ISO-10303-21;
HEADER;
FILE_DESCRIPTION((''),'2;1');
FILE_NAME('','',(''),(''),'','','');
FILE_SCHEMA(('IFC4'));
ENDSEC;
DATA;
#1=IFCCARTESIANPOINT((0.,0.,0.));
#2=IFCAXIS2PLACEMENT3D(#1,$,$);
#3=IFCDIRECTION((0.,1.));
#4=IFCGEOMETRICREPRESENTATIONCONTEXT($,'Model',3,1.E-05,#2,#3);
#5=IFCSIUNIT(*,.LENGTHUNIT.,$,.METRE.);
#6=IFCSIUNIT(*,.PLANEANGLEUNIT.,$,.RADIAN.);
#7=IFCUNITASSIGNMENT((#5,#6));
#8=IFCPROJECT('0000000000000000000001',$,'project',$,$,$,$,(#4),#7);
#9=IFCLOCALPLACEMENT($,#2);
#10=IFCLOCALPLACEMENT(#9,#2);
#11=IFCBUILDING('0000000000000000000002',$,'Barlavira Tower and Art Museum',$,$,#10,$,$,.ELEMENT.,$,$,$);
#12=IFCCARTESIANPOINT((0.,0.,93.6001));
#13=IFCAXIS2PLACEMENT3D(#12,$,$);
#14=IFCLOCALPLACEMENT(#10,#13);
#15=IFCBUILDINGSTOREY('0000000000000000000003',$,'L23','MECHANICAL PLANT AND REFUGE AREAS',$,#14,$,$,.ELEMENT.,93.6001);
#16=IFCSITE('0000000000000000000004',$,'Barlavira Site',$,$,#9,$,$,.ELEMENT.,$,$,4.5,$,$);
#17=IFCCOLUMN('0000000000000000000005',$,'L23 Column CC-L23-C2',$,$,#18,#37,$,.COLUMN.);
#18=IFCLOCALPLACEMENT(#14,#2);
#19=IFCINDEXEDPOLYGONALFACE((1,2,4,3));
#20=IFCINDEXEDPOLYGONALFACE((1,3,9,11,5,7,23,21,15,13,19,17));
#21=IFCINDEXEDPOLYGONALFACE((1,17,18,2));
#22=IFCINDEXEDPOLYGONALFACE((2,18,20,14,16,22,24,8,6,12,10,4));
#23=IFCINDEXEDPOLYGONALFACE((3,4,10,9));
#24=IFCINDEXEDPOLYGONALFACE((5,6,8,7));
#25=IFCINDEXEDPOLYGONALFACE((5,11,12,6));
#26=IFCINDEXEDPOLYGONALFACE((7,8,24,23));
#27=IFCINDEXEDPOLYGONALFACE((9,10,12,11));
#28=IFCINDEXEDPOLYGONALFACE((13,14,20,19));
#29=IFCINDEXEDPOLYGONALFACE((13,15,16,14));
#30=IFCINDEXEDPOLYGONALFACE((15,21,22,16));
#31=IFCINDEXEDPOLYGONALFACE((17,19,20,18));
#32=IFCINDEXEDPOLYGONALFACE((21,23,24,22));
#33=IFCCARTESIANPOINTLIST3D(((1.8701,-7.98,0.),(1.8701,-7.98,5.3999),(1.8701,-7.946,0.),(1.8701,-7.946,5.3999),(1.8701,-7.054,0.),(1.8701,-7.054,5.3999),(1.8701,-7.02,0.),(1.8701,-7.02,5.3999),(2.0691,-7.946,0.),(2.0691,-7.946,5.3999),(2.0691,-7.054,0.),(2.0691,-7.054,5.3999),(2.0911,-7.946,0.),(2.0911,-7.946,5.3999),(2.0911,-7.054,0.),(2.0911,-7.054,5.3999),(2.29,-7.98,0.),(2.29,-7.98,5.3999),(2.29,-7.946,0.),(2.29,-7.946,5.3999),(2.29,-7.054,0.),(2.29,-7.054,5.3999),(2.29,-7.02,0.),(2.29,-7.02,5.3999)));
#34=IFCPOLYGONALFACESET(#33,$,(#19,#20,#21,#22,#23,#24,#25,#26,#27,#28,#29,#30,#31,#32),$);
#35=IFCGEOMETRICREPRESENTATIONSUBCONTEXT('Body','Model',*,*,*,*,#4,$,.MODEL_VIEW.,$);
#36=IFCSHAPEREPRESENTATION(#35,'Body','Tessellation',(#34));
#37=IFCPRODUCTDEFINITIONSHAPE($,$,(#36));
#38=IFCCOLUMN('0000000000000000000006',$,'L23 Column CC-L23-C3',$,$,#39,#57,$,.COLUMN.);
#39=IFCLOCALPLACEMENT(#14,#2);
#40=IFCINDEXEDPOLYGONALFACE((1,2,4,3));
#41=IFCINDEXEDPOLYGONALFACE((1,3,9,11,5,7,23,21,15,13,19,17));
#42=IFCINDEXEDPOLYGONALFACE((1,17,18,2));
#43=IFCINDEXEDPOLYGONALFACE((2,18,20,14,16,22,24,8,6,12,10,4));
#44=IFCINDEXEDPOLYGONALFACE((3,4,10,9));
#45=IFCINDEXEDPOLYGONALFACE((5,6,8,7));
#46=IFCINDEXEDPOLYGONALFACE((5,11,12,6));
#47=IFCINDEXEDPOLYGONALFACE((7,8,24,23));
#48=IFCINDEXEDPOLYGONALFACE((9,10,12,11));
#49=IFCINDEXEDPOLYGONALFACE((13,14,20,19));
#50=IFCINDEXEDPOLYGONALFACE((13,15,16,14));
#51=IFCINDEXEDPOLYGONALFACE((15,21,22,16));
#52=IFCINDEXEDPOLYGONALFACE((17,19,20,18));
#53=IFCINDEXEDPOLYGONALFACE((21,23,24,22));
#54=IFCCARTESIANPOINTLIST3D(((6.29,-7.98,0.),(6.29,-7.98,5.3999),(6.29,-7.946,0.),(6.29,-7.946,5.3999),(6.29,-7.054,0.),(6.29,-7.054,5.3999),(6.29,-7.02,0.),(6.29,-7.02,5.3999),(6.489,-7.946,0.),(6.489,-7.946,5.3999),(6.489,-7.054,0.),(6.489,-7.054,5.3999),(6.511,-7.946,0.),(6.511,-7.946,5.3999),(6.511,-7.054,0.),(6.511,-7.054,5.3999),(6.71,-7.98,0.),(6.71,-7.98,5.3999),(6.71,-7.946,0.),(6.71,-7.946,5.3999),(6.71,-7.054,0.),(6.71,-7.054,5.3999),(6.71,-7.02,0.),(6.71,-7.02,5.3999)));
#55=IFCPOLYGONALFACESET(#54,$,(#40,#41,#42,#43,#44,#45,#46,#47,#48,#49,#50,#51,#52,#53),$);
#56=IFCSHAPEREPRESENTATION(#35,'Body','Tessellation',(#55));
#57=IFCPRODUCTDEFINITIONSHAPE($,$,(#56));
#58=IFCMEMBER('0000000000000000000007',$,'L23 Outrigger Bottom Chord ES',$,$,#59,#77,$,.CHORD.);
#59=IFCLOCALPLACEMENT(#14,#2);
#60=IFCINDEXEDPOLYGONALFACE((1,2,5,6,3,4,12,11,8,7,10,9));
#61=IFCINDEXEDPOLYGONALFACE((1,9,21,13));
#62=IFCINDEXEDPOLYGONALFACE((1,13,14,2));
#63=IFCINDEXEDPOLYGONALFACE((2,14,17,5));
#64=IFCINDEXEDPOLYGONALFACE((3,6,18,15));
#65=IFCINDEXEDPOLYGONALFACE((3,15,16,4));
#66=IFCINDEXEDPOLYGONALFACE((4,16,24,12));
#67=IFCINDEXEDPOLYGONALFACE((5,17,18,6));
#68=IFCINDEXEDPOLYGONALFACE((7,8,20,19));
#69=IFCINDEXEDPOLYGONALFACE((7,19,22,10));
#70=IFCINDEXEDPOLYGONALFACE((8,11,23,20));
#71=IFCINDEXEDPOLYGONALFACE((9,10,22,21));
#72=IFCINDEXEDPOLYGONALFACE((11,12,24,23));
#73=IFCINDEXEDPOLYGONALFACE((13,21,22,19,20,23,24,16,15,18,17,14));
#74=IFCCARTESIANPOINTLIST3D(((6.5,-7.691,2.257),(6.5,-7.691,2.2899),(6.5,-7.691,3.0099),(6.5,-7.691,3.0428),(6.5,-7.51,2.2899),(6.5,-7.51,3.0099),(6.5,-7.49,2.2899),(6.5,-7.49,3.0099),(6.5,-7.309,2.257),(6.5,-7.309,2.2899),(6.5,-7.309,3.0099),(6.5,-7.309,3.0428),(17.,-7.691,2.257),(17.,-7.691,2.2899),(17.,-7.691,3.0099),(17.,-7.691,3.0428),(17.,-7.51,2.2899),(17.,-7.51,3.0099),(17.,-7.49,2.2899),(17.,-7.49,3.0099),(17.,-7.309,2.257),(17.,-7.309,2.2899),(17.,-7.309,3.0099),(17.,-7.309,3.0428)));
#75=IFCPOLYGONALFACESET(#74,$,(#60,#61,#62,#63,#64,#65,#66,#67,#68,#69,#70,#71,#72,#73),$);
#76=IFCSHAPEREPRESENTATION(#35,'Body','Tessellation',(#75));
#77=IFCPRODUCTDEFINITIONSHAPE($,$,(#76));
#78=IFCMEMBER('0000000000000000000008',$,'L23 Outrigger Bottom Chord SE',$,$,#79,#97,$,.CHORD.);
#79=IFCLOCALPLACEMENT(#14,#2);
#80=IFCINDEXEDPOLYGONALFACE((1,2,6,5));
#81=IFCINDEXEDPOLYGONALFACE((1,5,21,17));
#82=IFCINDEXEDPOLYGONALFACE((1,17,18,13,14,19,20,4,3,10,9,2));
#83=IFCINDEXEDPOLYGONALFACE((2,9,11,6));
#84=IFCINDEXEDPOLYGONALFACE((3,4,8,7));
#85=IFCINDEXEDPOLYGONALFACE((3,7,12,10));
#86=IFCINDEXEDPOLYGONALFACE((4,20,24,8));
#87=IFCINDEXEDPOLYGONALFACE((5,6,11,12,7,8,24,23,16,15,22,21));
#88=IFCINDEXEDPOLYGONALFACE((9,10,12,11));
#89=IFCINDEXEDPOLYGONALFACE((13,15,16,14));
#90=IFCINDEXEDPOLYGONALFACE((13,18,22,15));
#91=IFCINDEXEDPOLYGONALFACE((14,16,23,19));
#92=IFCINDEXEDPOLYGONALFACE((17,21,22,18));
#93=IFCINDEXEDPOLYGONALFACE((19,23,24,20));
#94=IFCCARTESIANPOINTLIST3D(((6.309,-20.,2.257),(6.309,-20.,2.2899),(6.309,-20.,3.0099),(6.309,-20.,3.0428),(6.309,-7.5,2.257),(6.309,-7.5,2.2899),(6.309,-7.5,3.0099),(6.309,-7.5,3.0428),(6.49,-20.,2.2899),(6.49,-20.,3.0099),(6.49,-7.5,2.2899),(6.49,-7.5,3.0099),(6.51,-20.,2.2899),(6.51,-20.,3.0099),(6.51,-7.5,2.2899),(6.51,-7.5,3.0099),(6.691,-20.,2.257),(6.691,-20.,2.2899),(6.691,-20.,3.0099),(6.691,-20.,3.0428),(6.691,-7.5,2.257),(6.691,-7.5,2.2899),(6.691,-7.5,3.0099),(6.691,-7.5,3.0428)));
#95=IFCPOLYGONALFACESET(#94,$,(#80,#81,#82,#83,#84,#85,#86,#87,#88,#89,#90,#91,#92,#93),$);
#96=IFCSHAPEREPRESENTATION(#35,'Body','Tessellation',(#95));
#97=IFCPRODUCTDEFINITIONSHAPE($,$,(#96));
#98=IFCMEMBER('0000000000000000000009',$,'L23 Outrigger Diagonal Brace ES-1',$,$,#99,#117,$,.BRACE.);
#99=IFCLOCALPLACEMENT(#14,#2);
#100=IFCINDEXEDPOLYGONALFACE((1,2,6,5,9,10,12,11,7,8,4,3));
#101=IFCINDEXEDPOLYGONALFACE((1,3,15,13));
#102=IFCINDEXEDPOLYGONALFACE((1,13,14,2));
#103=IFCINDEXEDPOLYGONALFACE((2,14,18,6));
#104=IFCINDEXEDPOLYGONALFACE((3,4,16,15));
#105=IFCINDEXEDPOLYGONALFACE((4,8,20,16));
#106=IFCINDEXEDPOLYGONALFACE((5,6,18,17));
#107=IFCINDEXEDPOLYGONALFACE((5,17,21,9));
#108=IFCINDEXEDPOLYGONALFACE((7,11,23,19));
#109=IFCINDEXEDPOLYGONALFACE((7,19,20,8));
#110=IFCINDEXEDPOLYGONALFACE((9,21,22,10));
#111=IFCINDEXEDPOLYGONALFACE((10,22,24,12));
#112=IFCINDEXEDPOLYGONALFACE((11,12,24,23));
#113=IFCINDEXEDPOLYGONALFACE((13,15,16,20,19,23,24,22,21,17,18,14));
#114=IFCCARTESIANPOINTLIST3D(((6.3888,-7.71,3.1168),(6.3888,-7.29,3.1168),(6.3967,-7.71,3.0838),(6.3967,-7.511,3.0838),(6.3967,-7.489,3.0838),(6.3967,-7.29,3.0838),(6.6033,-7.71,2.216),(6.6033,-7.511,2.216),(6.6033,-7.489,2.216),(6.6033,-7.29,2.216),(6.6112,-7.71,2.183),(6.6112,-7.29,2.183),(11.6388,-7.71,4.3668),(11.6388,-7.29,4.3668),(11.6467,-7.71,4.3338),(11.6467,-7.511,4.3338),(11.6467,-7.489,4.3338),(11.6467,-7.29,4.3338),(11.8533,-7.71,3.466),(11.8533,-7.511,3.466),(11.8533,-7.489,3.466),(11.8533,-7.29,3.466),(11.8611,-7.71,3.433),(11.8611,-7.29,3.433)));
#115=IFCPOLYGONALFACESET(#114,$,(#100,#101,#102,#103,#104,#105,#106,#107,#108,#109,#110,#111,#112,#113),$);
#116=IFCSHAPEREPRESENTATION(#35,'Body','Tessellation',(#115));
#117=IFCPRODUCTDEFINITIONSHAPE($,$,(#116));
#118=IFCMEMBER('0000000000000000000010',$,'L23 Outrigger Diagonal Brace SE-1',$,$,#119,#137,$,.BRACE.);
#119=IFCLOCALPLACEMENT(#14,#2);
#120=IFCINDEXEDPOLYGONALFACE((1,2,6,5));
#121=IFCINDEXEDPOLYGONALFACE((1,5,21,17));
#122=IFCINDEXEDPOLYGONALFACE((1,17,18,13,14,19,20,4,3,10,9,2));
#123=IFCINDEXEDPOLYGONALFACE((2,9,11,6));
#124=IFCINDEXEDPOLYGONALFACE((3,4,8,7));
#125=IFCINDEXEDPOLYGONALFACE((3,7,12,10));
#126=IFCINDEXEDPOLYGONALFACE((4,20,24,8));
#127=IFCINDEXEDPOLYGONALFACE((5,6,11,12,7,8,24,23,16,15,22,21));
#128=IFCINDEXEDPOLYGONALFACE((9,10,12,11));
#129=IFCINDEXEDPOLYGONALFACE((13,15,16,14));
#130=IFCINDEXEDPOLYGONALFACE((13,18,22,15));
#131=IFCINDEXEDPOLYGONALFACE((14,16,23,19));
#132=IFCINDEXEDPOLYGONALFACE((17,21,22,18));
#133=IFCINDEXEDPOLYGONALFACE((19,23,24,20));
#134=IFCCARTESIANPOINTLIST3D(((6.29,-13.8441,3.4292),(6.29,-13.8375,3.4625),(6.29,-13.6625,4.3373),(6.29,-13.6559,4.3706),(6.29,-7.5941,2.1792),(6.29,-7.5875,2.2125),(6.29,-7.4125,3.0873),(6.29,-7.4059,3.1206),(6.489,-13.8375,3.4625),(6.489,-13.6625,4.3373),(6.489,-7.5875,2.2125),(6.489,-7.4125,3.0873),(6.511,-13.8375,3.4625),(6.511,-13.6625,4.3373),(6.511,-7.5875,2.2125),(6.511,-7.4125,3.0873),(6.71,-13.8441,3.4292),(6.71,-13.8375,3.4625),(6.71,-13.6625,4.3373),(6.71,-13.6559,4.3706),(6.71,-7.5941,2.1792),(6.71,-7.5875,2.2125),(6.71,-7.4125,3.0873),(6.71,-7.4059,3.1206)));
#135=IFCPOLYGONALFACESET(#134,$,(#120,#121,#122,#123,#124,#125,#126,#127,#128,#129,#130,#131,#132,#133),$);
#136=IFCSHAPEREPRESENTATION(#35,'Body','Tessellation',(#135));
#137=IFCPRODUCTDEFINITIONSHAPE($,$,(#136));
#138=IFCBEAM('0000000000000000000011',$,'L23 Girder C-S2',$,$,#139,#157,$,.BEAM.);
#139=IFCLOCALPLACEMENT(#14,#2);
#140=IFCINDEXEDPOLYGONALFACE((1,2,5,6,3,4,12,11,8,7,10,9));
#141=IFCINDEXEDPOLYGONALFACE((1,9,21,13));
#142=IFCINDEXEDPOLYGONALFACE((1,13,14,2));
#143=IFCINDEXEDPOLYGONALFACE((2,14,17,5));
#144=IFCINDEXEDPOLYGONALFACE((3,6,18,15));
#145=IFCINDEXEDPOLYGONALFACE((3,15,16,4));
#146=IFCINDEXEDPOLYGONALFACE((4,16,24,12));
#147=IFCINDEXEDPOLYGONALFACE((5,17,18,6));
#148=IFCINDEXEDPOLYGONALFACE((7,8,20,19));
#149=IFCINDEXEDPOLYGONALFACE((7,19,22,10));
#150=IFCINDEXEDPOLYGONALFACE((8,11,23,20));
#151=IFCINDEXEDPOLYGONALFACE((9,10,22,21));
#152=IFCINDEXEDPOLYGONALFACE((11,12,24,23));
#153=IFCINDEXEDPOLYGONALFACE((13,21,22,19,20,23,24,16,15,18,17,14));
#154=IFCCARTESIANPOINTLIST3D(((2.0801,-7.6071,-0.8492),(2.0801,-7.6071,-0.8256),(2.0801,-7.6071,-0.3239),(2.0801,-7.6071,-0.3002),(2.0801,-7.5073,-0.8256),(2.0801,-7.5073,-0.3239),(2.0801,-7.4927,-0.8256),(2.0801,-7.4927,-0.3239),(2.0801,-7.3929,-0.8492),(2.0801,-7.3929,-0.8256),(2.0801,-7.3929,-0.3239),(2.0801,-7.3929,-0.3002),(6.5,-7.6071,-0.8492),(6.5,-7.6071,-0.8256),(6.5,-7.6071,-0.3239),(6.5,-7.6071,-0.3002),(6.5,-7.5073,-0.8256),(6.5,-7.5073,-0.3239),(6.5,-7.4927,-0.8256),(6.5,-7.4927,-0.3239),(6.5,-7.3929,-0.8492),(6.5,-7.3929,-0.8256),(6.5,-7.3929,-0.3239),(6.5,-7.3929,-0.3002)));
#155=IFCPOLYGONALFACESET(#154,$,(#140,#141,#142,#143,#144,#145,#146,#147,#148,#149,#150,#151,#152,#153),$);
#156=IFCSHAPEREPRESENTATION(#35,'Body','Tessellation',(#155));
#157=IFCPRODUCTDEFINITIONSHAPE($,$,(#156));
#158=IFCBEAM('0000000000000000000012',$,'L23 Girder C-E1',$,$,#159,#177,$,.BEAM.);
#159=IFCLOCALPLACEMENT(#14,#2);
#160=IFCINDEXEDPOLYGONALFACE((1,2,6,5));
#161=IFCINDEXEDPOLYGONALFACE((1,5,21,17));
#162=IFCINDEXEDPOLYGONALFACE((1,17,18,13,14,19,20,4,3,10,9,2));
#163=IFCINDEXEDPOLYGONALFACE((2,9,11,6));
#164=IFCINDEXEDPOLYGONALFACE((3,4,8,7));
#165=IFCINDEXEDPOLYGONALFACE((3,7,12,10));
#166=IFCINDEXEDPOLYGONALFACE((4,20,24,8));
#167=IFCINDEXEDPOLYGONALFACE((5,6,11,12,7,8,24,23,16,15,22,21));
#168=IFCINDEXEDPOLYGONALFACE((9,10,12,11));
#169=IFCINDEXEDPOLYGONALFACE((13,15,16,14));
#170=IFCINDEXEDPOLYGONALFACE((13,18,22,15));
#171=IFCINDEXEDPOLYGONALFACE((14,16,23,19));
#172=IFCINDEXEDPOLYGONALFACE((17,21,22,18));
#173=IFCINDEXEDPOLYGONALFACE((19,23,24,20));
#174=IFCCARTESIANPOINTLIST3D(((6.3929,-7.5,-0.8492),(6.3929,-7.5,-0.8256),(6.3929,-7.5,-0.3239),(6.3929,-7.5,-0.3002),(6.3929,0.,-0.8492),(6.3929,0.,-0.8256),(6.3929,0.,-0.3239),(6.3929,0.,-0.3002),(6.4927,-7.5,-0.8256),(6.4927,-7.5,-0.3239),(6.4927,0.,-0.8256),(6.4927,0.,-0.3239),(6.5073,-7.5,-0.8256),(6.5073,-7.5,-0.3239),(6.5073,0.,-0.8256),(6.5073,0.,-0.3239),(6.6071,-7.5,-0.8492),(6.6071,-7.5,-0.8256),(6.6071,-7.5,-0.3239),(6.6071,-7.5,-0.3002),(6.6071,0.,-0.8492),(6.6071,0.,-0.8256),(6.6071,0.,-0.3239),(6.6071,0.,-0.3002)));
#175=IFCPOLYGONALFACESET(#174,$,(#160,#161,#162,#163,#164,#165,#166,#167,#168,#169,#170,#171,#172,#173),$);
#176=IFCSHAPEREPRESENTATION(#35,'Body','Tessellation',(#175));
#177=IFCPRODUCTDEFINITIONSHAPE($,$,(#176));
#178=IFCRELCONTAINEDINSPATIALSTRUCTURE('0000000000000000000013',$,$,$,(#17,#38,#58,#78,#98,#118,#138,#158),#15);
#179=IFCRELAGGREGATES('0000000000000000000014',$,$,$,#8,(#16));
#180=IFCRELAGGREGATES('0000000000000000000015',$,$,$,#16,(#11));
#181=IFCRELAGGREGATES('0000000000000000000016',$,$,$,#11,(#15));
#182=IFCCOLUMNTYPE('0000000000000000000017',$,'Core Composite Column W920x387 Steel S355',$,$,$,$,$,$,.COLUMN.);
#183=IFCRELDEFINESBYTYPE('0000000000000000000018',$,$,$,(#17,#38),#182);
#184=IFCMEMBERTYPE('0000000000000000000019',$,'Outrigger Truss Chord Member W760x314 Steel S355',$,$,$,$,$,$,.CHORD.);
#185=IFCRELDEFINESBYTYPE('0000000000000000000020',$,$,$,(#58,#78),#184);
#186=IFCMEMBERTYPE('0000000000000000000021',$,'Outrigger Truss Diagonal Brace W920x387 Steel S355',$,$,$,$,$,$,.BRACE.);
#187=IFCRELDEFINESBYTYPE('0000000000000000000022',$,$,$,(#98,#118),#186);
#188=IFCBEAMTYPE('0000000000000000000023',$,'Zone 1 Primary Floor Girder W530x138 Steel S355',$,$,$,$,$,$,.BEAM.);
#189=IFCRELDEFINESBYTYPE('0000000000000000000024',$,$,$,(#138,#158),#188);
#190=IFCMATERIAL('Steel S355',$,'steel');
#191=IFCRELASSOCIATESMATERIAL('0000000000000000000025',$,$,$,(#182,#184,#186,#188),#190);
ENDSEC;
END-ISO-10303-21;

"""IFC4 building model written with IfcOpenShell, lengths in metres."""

from ifc_helpers import new_model, si_unit, direction, frame, origin, origin_2d, place, context, subcontext, project, spatial, i_section, extrude, material, material_profile, profile_set, type_object, element, save


model = new_model("IFC4")

# Units and contexts
model_context = context("Model", 3, precision=1e-05, world=origin(), true_north=direction((0.0, 1.0)))
body_context = subcontext(model_context, "Body", "Model", "MODEL_VIEW")
ifc_project = project(units=[si_unit("LENGTHUNIT", "METRE"), si_unit("PLANEANGLEUNIT", "RADIAN")], contexts=[model_context])

# Site, building, storey
site_placement = place(None, origin())
site = spatial("IfcSite", under=ifc_project, at=site_placement, Name="Barlavira Site", CompositionType="ELEMENT", RefElevation=4.5)
building_placement = place(site_placement, origin())
building = spatial("IfcBuilding", under=site, at=building_placement, Name="Barlavira Tower and Art Museum", CompositionType="ELEMENT")
storey_placement = place(building_placement, frame((0.0, 0.0, 93.6001)))
storey = spatial("IfcBuildingStorey", under=building, at=storey_placement, Name="L23", Description="MECHANICAL PLANT AND REFUGE AREAS", CompositionType="ELEMENT", Elevation=93.6001)

# Columns
ifc_material_1 = material(Name="Steel S355", Category="steel")
ifc_material_profile_1 = material_profile(ifc_material_1, i_section(OverallWidth=0.4199, OverallDepth=0.96, WebThickness=0.022, FlangeThickness=0.0339, at=origin_2d()), Name="W920x387.0")
ifc_profile_set_1 = profile_set([ifc_material_profile_1], Name="Steel S355")
column_type = type_object("IfcColumnType", Name="Core Composite Column W920x387 Steel S355", PredefinedType="COLUMN", material=ifc_profile_set_1)
for number, where, z_axis, x_axis, name in (
    (1, (2.0801, -7.5, 0.0), (0.0, 0.0, 1.0), (1.0, 0.0, 0.0), "L23 Column CC-L23-C2"),
    (2, (6.5, -7.5, 0.0), (0.0, 0.0, 1.0), (1.0, 0.0, 0.0), "L23 Column CC-L23-C3"),
):
    element("IfcColumn", number, at=place(storey_placement, frame(where, z_axis=z_axis, x_axis=x_axis)), inside=storey, type_object=column_type, Name=name, PredefinedType="COLUMN", context=body_context, shape_type="SweptSolid", body=[
        extrude(i_section(OverallWidth=0.4199, OverallDepth=0.96, WebThickness=0.022, FlangeThickness=0.0339, at=origin_2d()), origin(), (0.0, 0.0, 1.0), 5.3999),
    ])

# Members
ifc_material_profile_2 = material_profile(ifc_material_1, i_section(OverallWidth=0.3821, OverallDepth=0.7859, WebThickness=0.02, FlangeThickness=0.033, at=origin_2d()), Name="W760x314.0")
ifc_profile_set_2 = profile_set([ifc_material_profile_2], Name="Steel S355")
member_type_1 = type_object("IfcMemberType", Name="Outrigger Truss Chord Member W760x314 Steel S355", PredefinedType="CHORD", material=ifc_profile_set_2)
member_1_placement = place(storey_placement, frame((6.5, -7.5, 2.6499), z_axis=(1.0, 0.0, 0.0), x_axis=(0.0, 1.0, 0.0)))
element("IfcMember", 3, at=member_1_placement, inside=storey, type_object=member_type_1, Name="L23 Outrigger Bottom Chord ES", PredefinedType="CHORD", context=body_context, shape_type="SweptSolid", body=[
    extrude(i_section(OverallWidth=0.3821, OverallDepth=0.7859, WebThickness=0.02, FlangeThickness=0.033, at=origin_2d()), origin(), (0.0, 0.0, 1.0), 10.5),
])
member_2_placement = place(storey_placement, frame((6.5, -7.5, 2.6499), z_axis=(0.0, -1.0, 0.0), x_axis=(1.0, 0.0, 0.0)))
element("IfcMember", 4, at=member_2_placement, inside=storey, type_object=member_type_1, Name="L23 Outrigger Bottom Chord SE", PredefinedType="CHORD", context=body_context, shape_type="SweptSolid", body=[
    extrude(i_section(OverallWidth=0.3821, OverallDepth=0.7859, WebThickness=0.02, FlangeThickness=0.033, at=origin_2d()), origin(), (0.0, 0.0, 1.0), 12.5),
])
ifc_material_profile_3 = material_profile(ifc_material_1, i_section(OverallWidth=0.4199, OverallDepth=0.96, WebThickness=0.022, FlangeThickness=0.0339, at=origin_2d()), Name="W920x387.0")
ifc_profile_set_3 = profile_set([ifc_material_profile_3], Name="Steel S355")
member_type_2 = type_object("IfcMemberType", Name="Outrigger Truss Diagonal Brace W920x387 Steel S355", PredefinedType="BRACE", material=ifc_profile_set_3)
member_3_placement = place(storey_placement, frame((6.5, -7.5, 2.6499), z_axis=(0.972806, 0.0, 0.231621), x_axis=(0.0, 1.0, 0.0)))
element("IfcMember", 5, at=member_3_placement, inside=storey, type_object=member_type_2, Name="L23 Outrigger Diagonal Brace ES-1", PredefinedType="BRACE", context=body_context, shape_type="SweptSolid", body=[
    extrude(i_section(OverallWidth=0.4199, OverallDepth=0.96, WebThickness=0.022, FlangeThickness=0.0339, at=origin_2d()), origin(), (0.0, 0.0, 1.0), 5.3967),
])
member_4_placement = place(storey_placement, frame((6.5, -7.5, 2.6499), z_axis=(0.0, -0.980581, 0.196116), x_axis=(1.0, 0.0, 0.0)))
element("IfcMember", 6, at=member_4_placement, inside=storey, type_object=member_type_2, Name="L23 Outrigger Diagonal Brace SE-1", PredefinedType="BRACE", context=body_context, shape_type="SweptSolid", body=[
    extrude(i_section(OverallWidth=0.4199, OverallDepth=0.96, WebThickness=0.022, FlangeThickness=0.0339, at=origin_2d()), origin(), (0.0, 0.0, 1.0), 6.3738),
])

# Beams
ifc_material_profile_4 = material_profile(ifc_material_1, i_section(OverallWidth=0.2141, OverallDepth=0.5491, WebThickness=0.0146, FlangeThickness=0.0237, at=origin_2d()), Name="W530x138.0")
ifc_profile_set_4 = profile_set([ifc_material_profile_4], Name="Steel S355")
beam_type = type_object("IfcBeamType", Name="Zone 1 Primary Floor Girder W530x138 Steel S355", PredefinedType="BEAM", material=ifc_profile_set_4)
beam_1_placement = place(storey_placement, frame((2.0801, -7.5, -0.5747), z_axis=(1.0, 0.0, 0.0), x_axis=(0.0, 1.0, 0.0)))
element("IfcBeam", 7, at=beam_1_placement, inside=storey, type_object=beam_type, Name="L23 Girder C-S2", PredefinedType="BEAM", context=body_context, shape_type="SweptSolid", body=[
    extrude(i_section(OverallWidth=0.2141, OverallDepth=0.5491, WebThickness=0.0146, FlangeThickness=0.0237, at=origin_2d()), origin(), (0.0, 0.0, 1.0), 4.4199),
])
beam_2_placement = place(storey_placement, frame((6.5, -7.5, -0.5747), z_axis=(0.0, 1.0, 0.0), x_axis=(-1.0, 0.0, 0.0)))
element("IfcBeam", 8, at=beam_2_placement, inside=storey, type_object=beam_type, Name="L23 Girder C-E1", PredefinedType="BEAM", context=body_context, shape_type="SweptSolid", body=[
    extrude(i_section(OverallWidth=0.2141, OverallDepth=0.5491, WebThickness=0.0146, FlangeThickness=0.0237, at=origin_2d()), origin(), (0.0, 0.0, 1.0), 7.5),
])

save(model, "model.ifc")
